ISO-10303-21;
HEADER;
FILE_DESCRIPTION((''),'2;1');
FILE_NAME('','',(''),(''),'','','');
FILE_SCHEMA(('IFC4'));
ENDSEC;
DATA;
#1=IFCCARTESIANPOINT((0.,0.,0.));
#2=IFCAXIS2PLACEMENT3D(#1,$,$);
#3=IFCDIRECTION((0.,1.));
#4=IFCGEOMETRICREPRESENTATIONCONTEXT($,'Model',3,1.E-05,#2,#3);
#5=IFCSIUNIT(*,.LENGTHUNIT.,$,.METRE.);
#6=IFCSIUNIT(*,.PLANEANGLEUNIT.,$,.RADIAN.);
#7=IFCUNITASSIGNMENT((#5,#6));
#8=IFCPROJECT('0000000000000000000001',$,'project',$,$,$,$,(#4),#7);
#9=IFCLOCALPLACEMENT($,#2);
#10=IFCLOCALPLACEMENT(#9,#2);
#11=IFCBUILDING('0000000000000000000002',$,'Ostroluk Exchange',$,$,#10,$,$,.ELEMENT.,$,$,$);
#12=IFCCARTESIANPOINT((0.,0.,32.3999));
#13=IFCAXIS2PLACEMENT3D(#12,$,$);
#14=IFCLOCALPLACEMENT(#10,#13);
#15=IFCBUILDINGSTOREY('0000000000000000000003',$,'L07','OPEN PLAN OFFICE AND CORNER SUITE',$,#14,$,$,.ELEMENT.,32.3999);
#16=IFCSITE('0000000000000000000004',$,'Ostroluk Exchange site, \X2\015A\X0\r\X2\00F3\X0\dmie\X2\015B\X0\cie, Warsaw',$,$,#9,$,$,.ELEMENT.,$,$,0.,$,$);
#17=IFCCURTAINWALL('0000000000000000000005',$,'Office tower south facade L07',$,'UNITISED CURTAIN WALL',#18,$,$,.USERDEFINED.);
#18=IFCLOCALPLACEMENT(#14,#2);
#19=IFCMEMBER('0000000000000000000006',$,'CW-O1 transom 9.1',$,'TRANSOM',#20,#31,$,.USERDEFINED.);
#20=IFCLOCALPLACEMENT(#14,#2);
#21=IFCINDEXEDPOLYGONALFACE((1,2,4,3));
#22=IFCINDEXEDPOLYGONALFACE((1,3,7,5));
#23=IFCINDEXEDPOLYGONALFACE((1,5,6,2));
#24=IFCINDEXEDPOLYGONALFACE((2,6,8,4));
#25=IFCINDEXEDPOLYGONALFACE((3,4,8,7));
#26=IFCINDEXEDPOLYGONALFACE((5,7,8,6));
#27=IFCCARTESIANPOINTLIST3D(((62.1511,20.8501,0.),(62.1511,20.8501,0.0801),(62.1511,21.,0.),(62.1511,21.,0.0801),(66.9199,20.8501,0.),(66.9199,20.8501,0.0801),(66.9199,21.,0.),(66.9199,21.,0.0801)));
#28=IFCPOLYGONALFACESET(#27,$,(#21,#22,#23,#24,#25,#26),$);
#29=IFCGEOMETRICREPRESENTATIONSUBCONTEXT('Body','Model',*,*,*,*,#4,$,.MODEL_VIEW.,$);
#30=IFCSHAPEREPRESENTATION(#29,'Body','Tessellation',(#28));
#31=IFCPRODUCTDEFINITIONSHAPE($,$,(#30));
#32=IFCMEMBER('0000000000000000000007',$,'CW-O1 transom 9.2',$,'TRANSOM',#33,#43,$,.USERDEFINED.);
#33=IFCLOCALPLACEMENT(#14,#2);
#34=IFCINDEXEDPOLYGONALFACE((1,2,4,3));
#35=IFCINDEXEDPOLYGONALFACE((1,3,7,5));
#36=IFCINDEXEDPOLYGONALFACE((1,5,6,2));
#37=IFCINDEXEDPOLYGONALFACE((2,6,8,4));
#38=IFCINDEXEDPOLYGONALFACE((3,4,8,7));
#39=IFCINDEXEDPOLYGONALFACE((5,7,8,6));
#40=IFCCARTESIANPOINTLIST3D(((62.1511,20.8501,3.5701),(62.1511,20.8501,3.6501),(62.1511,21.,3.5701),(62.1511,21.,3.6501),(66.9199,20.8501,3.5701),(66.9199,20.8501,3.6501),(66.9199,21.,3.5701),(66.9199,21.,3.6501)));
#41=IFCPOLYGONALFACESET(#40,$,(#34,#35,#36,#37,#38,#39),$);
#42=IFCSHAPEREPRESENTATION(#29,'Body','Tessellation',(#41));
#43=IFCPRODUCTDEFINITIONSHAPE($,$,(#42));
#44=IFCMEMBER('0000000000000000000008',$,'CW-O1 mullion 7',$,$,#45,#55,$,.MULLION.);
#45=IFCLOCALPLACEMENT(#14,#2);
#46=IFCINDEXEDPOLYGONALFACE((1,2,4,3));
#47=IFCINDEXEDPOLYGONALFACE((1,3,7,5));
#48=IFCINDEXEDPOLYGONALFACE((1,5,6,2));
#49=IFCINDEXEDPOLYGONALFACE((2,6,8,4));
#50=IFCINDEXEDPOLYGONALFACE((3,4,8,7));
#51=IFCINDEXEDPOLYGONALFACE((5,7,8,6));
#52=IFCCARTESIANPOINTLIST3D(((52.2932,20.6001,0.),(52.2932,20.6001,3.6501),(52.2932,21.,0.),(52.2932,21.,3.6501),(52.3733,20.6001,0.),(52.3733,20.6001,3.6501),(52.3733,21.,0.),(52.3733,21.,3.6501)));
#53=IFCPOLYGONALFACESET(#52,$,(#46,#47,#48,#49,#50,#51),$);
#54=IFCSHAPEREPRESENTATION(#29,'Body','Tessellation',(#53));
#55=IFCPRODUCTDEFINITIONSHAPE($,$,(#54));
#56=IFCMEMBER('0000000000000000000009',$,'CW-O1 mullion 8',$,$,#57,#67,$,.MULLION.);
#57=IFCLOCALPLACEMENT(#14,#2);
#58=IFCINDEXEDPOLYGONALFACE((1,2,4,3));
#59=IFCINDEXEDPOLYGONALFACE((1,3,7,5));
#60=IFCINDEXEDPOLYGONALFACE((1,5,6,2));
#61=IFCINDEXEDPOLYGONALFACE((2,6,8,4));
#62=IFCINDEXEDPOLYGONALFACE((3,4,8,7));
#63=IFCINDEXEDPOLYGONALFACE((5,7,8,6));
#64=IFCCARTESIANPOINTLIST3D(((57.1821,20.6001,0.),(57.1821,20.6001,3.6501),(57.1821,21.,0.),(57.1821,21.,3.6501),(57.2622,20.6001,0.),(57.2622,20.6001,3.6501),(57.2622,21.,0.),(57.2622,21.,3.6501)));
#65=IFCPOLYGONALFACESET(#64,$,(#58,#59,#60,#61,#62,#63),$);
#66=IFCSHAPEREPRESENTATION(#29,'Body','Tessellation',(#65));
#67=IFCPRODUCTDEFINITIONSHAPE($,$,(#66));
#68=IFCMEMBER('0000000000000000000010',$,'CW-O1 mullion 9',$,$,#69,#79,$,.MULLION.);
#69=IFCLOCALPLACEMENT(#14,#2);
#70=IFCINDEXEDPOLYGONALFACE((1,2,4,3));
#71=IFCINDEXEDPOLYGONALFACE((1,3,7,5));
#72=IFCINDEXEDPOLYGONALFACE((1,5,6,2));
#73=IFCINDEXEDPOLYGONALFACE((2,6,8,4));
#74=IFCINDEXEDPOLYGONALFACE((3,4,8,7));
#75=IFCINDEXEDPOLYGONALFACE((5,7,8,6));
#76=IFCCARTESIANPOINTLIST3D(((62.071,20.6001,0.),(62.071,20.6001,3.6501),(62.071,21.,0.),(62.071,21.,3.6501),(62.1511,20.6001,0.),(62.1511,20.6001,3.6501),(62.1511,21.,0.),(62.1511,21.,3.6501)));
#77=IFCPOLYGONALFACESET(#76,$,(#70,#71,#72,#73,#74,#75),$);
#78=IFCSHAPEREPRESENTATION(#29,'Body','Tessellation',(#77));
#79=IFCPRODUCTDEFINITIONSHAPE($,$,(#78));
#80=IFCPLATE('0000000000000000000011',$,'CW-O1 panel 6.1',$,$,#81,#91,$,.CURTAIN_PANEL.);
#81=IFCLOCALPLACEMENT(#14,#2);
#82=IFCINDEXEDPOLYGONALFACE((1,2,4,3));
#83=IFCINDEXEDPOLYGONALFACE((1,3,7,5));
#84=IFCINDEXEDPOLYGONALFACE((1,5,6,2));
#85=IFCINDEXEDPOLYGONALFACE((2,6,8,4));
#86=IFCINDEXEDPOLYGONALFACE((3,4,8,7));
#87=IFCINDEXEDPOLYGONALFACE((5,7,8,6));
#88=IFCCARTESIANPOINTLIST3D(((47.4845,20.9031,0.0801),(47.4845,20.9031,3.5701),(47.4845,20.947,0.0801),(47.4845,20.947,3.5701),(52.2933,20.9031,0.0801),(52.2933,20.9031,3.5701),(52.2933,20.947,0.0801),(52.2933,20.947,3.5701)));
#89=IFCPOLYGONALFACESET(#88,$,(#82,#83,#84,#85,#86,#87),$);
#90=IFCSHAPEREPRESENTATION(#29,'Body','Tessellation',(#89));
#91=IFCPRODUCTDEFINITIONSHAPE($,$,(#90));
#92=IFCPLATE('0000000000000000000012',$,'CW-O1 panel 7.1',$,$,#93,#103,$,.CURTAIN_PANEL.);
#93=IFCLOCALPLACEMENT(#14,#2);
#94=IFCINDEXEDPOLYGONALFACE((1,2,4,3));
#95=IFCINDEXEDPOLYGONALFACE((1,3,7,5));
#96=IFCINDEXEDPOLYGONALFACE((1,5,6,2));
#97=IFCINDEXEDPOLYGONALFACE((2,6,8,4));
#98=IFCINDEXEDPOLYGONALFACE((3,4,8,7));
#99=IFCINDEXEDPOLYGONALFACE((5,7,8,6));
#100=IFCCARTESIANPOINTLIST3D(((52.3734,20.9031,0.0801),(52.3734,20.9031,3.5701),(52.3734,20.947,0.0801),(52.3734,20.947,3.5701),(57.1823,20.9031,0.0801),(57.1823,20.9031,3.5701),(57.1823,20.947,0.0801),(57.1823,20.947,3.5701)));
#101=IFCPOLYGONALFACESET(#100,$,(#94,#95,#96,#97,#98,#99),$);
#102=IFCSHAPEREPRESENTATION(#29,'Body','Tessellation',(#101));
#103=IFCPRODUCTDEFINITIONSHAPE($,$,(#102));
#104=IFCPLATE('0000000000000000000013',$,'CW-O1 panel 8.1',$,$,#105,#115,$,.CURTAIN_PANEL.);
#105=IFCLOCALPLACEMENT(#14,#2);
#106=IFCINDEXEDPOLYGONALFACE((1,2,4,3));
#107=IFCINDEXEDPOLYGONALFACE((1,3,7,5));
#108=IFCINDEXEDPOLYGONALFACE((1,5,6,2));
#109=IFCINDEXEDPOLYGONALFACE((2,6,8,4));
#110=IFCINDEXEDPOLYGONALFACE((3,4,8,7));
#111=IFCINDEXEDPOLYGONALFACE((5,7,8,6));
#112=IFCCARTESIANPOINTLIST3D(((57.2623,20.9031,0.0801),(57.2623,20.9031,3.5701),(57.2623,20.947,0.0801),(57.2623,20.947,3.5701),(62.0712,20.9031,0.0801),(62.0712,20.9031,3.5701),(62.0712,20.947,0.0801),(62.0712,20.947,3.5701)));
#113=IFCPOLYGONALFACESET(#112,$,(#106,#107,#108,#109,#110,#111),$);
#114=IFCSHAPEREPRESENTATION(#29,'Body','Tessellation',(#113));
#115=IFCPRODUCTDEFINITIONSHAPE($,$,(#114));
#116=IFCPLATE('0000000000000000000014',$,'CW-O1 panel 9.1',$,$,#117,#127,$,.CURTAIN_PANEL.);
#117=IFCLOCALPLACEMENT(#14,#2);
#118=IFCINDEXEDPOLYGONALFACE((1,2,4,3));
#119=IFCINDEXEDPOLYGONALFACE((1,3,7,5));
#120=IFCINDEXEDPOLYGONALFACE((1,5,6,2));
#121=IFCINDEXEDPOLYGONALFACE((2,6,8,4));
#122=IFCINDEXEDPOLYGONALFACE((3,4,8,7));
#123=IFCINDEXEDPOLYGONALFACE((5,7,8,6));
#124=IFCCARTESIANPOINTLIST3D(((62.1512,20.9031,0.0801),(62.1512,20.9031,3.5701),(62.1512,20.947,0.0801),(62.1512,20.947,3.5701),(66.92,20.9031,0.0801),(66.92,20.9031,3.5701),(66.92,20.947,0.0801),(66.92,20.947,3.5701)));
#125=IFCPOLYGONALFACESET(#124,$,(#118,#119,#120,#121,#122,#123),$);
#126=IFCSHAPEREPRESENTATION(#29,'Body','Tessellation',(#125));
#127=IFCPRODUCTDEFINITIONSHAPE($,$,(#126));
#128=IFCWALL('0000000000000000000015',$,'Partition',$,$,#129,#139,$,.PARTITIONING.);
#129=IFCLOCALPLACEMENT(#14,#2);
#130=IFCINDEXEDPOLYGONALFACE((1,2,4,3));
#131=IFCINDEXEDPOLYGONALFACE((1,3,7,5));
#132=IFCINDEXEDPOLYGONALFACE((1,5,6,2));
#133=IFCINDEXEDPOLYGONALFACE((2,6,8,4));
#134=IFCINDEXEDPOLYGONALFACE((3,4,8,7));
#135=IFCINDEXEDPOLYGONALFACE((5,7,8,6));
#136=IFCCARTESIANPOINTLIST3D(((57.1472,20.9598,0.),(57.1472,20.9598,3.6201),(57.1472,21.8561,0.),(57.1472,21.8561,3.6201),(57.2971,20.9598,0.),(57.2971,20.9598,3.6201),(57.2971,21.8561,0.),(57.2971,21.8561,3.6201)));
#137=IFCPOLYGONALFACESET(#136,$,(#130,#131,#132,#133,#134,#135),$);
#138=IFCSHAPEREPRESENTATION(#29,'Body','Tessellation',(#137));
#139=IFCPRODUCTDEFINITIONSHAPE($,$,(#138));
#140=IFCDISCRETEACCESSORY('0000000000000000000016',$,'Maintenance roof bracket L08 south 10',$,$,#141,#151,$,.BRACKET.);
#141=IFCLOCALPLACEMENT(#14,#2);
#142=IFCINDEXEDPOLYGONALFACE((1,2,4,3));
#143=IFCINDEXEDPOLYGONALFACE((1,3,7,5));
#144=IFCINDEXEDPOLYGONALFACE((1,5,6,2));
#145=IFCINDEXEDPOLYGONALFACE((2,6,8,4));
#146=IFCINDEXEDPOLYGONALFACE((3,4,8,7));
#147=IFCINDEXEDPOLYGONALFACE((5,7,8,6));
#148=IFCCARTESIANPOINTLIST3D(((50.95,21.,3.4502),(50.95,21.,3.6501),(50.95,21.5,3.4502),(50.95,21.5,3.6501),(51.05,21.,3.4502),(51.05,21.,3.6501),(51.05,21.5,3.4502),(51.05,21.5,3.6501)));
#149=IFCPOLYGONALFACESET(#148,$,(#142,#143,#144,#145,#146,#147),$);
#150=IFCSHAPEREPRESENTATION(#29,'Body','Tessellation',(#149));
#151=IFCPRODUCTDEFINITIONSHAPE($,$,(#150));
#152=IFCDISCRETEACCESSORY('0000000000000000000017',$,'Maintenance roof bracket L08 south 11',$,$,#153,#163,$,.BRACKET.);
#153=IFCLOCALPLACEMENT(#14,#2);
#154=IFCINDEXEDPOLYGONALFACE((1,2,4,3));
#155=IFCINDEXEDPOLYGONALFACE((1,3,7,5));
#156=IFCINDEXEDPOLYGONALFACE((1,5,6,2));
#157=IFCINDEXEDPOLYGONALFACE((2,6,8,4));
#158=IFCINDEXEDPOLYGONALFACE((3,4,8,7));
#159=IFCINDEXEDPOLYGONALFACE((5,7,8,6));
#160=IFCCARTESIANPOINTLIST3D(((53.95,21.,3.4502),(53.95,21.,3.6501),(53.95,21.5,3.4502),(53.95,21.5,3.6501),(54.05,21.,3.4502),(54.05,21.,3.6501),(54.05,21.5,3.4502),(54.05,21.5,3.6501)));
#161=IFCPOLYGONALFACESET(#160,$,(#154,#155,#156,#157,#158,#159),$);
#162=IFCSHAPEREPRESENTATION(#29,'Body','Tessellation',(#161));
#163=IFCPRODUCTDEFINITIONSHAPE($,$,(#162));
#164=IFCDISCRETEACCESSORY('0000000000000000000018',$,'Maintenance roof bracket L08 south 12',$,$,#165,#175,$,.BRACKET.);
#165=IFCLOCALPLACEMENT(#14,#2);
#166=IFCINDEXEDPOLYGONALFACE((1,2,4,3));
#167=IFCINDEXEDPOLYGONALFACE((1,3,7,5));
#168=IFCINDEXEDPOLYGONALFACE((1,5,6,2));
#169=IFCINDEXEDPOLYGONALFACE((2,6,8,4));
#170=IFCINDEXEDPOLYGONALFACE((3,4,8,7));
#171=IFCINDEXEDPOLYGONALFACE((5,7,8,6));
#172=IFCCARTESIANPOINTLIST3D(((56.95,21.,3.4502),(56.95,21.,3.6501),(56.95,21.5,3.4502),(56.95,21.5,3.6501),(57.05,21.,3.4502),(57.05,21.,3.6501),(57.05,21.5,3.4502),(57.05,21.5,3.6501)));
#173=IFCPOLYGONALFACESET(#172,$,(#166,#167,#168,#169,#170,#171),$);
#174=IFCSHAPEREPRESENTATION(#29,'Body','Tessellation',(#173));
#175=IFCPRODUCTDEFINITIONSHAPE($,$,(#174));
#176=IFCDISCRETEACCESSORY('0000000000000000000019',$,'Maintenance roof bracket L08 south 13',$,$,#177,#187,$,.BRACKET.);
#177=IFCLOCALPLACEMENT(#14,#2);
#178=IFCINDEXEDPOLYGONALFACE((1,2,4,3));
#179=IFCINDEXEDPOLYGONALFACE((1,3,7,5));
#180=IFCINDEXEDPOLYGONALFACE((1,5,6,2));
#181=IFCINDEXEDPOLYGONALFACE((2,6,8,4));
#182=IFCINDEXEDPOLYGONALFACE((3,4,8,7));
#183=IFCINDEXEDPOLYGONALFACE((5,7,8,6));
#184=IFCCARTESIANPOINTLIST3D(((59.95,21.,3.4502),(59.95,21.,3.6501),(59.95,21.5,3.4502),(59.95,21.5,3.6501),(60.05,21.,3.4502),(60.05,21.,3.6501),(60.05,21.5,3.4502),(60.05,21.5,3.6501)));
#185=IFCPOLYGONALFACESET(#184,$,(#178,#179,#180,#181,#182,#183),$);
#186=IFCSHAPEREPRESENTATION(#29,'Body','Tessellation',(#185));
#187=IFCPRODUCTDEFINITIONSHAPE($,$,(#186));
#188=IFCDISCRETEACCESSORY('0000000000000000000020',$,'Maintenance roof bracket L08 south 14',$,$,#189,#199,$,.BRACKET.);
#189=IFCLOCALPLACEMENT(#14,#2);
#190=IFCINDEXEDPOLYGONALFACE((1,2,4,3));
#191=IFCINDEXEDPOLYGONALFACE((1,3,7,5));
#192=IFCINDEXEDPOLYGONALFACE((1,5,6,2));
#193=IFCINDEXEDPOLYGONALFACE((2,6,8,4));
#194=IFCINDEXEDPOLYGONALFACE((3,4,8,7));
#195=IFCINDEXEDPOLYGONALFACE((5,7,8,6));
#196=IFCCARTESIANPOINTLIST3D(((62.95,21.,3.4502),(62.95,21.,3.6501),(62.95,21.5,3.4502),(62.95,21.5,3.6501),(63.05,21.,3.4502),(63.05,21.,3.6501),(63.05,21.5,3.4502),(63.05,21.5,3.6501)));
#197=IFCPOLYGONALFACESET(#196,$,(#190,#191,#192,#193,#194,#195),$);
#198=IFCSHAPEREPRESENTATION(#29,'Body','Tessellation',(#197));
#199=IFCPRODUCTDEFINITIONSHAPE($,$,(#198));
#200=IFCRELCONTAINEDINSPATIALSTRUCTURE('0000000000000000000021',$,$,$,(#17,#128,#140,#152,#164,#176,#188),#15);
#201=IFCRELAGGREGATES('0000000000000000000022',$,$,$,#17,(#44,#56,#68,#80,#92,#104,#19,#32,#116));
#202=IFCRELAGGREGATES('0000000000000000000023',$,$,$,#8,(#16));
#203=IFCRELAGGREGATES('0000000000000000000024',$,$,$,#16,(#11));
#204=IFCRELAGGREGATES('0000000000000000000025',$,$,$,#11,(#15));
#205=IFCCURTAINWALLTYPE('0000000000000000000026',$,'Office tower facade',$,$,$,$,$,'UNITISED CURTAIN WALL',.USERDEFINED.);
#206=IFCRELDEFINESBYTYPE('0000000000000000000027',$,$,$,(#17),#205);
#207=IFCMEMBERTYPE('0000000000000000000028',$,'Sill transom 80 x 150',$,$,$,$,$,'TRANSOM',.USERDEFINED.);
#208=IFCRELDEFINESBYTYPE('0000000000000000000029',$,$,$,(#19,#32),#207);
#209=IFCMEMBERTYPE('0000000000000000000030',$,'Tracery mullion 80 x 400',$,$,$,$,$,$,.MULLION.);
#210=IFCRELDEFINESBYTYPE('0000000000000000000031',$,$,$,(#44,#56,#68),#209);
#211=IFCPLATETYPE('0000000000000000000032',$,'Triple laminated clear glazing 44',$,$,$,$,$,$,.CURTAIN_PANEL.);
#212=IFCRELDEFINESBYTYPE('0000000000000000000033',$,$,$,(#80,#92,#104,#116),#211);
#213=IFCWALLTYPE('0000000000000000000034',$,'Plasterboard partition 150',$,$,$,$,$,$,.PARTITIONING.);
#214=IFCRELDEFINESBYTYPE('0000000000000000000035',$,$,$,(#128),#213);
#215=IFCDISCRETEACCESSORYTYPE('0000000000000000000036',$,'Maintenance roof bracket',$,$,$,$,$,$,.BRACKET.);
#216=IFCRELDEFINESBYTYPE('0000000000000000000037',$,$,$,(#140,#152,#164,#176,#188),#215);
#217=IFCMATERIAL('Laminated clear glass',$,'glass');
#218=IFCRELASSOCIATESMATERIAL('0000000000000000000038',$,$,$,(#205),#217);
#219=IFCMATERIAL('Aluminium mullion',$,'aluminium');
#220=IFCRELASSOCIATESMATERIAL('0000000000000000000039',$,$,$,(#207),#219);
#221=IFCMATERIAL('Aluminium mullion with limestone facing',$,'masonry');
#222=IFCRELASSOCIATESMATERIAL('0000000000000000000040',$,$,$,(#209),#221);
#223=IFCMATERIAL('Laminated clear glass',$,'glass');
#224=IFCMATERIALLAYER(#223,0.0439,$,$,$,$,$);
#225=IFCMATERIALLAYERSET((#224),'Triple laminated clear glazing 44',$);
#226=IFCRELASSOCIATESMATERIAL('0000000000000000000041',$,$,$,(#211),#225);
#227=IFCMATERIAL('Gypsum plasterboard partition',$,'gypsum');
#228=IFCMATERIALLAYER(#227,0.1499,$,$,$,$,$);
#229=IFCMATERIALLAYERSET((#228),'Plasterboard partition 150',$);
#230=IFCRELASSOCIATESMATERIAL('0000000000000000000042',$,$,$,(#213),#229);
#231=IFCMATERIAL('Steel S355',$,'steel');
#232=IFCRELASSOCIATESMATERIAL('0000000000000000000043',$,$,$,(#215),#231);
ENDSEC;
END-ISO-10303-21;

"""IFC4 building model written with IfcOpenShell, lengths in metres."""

from ifc_helpers import new_model, si_unit, direction, frame, frame_2d, origin, origin_2d, place, context, subcontext, project, spatial, rectangle, extrude, material, layer, layer_set, material_profile, profile_set, type_object, element, aggregate, save


model = new_model("IFC4")

# Units and contexts
model_context = context("Model", 3, precision=1e-05, world=origin(), true_north=direction((0.0, 1.0)))
body_context = subcontext(model_context, "Body", "Model", "MODEL_VIEW")
ifc_project = project(units=[si_unit("LENGTHUNIT", "METRE"), si_unit("PLANEANGLEUNIT", "RADIAN")], contexts=[model_context])

# Site, building, storey
site_placement = place(None, origin())
site = spatial("IfcSite", under=ifc_project, at=site_placement, Name="Ostroluk Exchange site, Śródmieście, Warsaw", CompositionType="ELEMENT", RefElevation=0.0)
building_placement = place(site_placement, origin())
building = spatial("IfcBuilding", under=site, at=building_placement, Name="Ostroluk Exchange", CompositionType="ELEMENT")
storey_placement = place(building_placement, frame((0.0, 0.0, 32.3999)))
storey = spatial("IfcBuildingStorey", under=building, at=storey_placement, Name="L07", Description="OPEN PLAN OFFICE AND CORNER SUITE", CompositionType="ELEMENT", Elevation=32.3999)

# Curtain wall, members, plates
ifc_material_1 = material(Name="Laminated clear glass", Category="glass")
curtain_wall_type = type_object("IfcCurtainWallType", Name="Office tower facade", ElementType="UNITISED CURTAIN WALL", PredefinedType="USERDEFINED", material=ifc_material_1)
curtain_wall_placement = place(storey_placement, origin())
curtain_wall = element("IfcCurtainWall", 1, at=curtain_wall_placement, inside=storey, type_object=curtain_wall_type, Name="Office tower south facade L07", ObjectType="UNITISED CURTAIN WALL", PredefinedType="USERDEFINED")
ifc_material_2 = material(Name="Aluminium mullion", Category="aluminium")
ifc_material_profile_1 = material_profile(ifc_material_2, rectangle(XDim=0.1499, YDim=0.0801, at=origin_2d()), Name="Sill transom 80 x 150")
ifc_profile_set_1 = profile_set([ifc_material_profile_1], Name="Aluminium mullion")
member_type_1 = type_object("IfcMemberType", Name="Sill transom 80 x 150", ElementType="TRANSOM", PredefinedType="USERDEFINED", material=ifc_profile_set_1)
member_1_placement = place(storey_placement, frame((62.1511, 20.925, 0.04), z_axis=(1.0, 0.0, 0.0), x_axis=(0.0, 1.0, 0.0)))
member_1 = element("IfcMember", 2, at=member_1_placement, type_object=member_type_1, Name="CW-O1 transom 9.1", ObjectType="TRANSOM", PredefinedType="USERDEFINED", context=body_context, shape_type="SweptSolid", body=[
    extrude(rectangle(XDim=0.1499, YDim=0.0801, at=origin_2d()), origin(), (0.0, 0.0, 1.0), 4.7688),
])
member_2_placement = place(storey_placement, frame((62.1511, 20.925, 3.6101), z_axis=(1.0, 0.0, 0.0), x_axis=(0.0, 1.0, 0.0)))
member_2 = element("IfcMember", 3, at=member_2_placement, type_object=member_type_1, Name="CW-O1 transom 9.2", ObjectType="TRANSOM", PredefinedType="USERDEFINED", context=body_context, shape_type="SweptSolid", body=[
    extrude(rectangle(XDim=0.1499, YDim=0.0801, at=origin_2d()), origin(), (0.0, 0.0, 1.0), 4.7688),
])
ifc_material_3 = material(Name="Aluminium mullion with limestone facing", Category="masonry")
ifc_material_profile_2 = material_profile(ifc_material_3, rectangle(XDim=0.3999, YDim=0.0801, at=origin_2d()), Name="Tracery mullion 80 x 400")
ifc_profile_set_2 = profile_set([ifc_material_profile_2], Name="Aluminium mullion with limestone facing")
member_type_2 = type_object("IfcMemberType", Name="Tracery mullion 80 x 400", PredefinedType="MULLION", material=ifc_profile_set_2)
member_3_placement = place(storey_placement, frame((52.3333, 20.8, 0.0), z_axis=(0.0, 0.0, 1.0), x_axis=(0.0, 1.0, 0.0)))
member_3 = element("IfcMember", 4, at=member_3_placement, type_object=member_type_2, Name="CW-O1 mullion 7", PredefinedType="MULLION", context=body_context, shape_type="SweptSolid", body=[
    extrude(rectangle(XDim=0.3999, YDim=0.0801, at=origin_2d()), origin(), (0.0, 0.0, 1.0), 3.6501),
])
member_4_placement = place(storey_placement, frame((57.2222, 20.8, 0.0), z_axis=(0.0, 0.0, 1.0), x_axis=(0.0, 1.0, 0.0)))
member_4 = element("IfcMember", 5, at=member_4_placement, type_object=member_type_2, Name="CW-O1 mullion 8", PredefinedType="MULLION", context=body_context, shape_type="SweptSolid", body=[
    extrude(rectangle(XDim=0.3999, YDim=0.0801, at=origin_2d()), origin(), (0.0, 0.0, 1.0), 3.6501),
])
member_5_placement = place(storey_placement, frame((62.1111, 20.8, 0.0), z_axis=(0.0, 0.0, 1.0), x_axis=(0.0, 1.0, 0.0)))
member_5 = element("IfcMember", 6, at=member_5_placement, type_object=member_type_2, Name="CW-O1 mullion 9", PredefinedType="MULLION", context=body_context, shape_type="SweptSolid", body=[
    extrude(rectangle(XDim=0.3999, YDim=0.0801, at=origin_2d()), origin(), (0.0, 0.0, 1.0), 3.6501),
])
ifc_material_4 = material(Name="Laminated clear glass", Category="glass")
ifc_layer_1 = layer(ifc_material_4, 0.0439)
ifc_layer_set_1 = layer_set([ifc_layer_1], Name="Triple laminated clear glazing 44")
plate_type = type_object("IfcPlateType", Name="Triple laminated clear glazing 44", PredefinedType="CURTAIN_PANEL", material=ifc_layer_set_1)
plate_1_placement = place(storey_placement, frame((49.8889, 20.925, 0.0801), z_axis=(0.0, 0.0, 1.0), x_axis=(1.0, 0.0, 0.0)))
plate_1 = element("IfcPlate", 7, at=plate_1_placement, type_object=plate_type, Name="CW-O1 panel 6.1", PredefinedType="CURTAIN_PANEL", context=body_context, shape_type="SweptSolid", body=[
    extrude(rectangle(XDim=4.8088, YDim=0.0439, at=origin_2d()), origin(), (0.0, 0.0, 1.0), 3.49),
])
plate_2_placement = place(storey_placement, frame((54.7778, 20.925, 0.0801), z_axis=(0.0, 0.0, 1.0), x_axis=(1.0, 0.0, 0.0)))
plate_2 = element("IfcPlate", 8, at=plate_2_placement, type_object=plate_type, Name="CW-O1 panel 7.1", PredefinedType="CURTAIN_PANEL", context=body_context, shape_type="SweptSolid", body=[
    extrude(rectangle(XDim=4.8088, YDim=0.0439, at=origin_2d()), origin(), (0.0, 0.0, 1.0), 3.49),
])
plate_3_placement = place(storey_placement, frame((59.6667, 20.925, 0.0801), z_axis=(0.0, 0.0, 1.0), x_axis=(1.0, 0.0, 0.0)))
plate_3 = element("IfcPlate", 9, at=plate_3_placement, type_object=plate_type, Name="CW-O1 panel 8.1", PredefinedType="CURTAIN_PANEL", context=body_context, shape_type="SweptSolid", body=[
    extrude(rectangle(XDim=4.8088, YDim=0.0439, at=origin_2d()), origin(), (0.0, 0.0, 1.0), 3.49),
])
plate_4_placement = place(storey_placement, frame((64.5356, 20.925, 0.0801), z_axis=(0.0, 0.0, 1.0), x_axis=(1.0, 0.0, 0.0)))
plate_4 = element("IfcPlate", 10, at=plate_4_placement, type_object=plate_type, Name="CW-O1 panel 9.1", PredefinedType="CURTAIN_PANEL", context=body_context, shape_type="SweptSolid", body=[
    extrude(rectangle(XDim=4.7688, YDim=0.0439, at=origin_2d()), origin(), (0.0, 0.0, 1.0), 3.49),
])
aggregate(curtain_wall, [member_3, member_4, member_5, plate_1, plate_2, plate_3, member_1, member_2, plate_4])

# Wall
ifc_material_5 = material(Name="Gypsum plasterboard partition", Category="gypsum")
ifc_layer_2 = layer(ifc_material_5, 0.1499)
ifc_layer_set_2 = layer_set([ifc_layer_2], Name="Plasterboard partition 150")
wall_type = type_object("IfcWallType", Name="Plasterboard partition 150", PredefinedType="PARTITIONING", material=ifc_layer_set_2)
wall_placement = place(storey_placement, frame((57.2222, 21.8562, 0.0), z_axis=(0.0, 0.0, 1.0), x_axis=(0.0, -1.0, 0.0)))
element("IfcWall", 11, at=wall_placement, inside=storey, type_object=wall_type, Name="Partition", PredefinedType="PARTITIONING", context=body_context, shape_type="SweptSolid", body=[
    extrude(rectangle(XDim=0.8962, YDim=0.1499, at=frame_2d((0.4482, 0.0))), origin(), (0.0, 0.0, 1.0), 3.6201),
])

# Discrete accessories
ifc_material_6 = material(Name="Steel S355", Category="steel")
discrete_accessory_type = type_object("IfcDiscreteAccessoryType", Name="Maintenance roof bracket", PredefinedType="BRACKET", material=ifc_material_6)
for number, where, z_axis, x_axis, name in (
    (12, (51.0, 21.25, 3.4502), (0.0, 0.0, 1.0), (1.0, 0.0, 0.0), "Maintenance roof bracket L08 south 10"),
    (13, (54.0, 21.25, 3.4502), (0.0, 0.0, 1.0), (1.0, 0.0, 0.0), "Maintenance roof bracket L08 south 11"),
    (14, (57.0, 21.25, 3.4502), (0.0, 0.0, 1.0), (1.0, 0.0, 0.0), "Maintenance roof bracket L08 south 12"),
    (15, (60.0, 21.25, 3.4502), (0.0, 0.0, 1.0), (1.0, 0.0, 0.0), "Maintenance roof bracket L08 south 13"),
    (16, (63.0, 21.25, 3.4502), (0.0, 0.0, 1.0), (1.0, 0.0, 0.0), "Maintenance roof bracket L08 south 14"),
):
    element("IfcDiscreteAccessory", number, at=place(storey_placement, frame(where, z_axis=z_axis, x_axis=x_axis)), inside=storey, type_object=discrete_accessory_type, Name=name, PredefinedType="BRACKET", context=body_context, shape_type="SweptSolid", body=[
        extrude(rectangle(XDim=0.1001, YDim=0.5, at=origin_2d()), origin(), (0.0, 0.0, 1.0), 0.2),
    ])

save(model, "model.ifc")
